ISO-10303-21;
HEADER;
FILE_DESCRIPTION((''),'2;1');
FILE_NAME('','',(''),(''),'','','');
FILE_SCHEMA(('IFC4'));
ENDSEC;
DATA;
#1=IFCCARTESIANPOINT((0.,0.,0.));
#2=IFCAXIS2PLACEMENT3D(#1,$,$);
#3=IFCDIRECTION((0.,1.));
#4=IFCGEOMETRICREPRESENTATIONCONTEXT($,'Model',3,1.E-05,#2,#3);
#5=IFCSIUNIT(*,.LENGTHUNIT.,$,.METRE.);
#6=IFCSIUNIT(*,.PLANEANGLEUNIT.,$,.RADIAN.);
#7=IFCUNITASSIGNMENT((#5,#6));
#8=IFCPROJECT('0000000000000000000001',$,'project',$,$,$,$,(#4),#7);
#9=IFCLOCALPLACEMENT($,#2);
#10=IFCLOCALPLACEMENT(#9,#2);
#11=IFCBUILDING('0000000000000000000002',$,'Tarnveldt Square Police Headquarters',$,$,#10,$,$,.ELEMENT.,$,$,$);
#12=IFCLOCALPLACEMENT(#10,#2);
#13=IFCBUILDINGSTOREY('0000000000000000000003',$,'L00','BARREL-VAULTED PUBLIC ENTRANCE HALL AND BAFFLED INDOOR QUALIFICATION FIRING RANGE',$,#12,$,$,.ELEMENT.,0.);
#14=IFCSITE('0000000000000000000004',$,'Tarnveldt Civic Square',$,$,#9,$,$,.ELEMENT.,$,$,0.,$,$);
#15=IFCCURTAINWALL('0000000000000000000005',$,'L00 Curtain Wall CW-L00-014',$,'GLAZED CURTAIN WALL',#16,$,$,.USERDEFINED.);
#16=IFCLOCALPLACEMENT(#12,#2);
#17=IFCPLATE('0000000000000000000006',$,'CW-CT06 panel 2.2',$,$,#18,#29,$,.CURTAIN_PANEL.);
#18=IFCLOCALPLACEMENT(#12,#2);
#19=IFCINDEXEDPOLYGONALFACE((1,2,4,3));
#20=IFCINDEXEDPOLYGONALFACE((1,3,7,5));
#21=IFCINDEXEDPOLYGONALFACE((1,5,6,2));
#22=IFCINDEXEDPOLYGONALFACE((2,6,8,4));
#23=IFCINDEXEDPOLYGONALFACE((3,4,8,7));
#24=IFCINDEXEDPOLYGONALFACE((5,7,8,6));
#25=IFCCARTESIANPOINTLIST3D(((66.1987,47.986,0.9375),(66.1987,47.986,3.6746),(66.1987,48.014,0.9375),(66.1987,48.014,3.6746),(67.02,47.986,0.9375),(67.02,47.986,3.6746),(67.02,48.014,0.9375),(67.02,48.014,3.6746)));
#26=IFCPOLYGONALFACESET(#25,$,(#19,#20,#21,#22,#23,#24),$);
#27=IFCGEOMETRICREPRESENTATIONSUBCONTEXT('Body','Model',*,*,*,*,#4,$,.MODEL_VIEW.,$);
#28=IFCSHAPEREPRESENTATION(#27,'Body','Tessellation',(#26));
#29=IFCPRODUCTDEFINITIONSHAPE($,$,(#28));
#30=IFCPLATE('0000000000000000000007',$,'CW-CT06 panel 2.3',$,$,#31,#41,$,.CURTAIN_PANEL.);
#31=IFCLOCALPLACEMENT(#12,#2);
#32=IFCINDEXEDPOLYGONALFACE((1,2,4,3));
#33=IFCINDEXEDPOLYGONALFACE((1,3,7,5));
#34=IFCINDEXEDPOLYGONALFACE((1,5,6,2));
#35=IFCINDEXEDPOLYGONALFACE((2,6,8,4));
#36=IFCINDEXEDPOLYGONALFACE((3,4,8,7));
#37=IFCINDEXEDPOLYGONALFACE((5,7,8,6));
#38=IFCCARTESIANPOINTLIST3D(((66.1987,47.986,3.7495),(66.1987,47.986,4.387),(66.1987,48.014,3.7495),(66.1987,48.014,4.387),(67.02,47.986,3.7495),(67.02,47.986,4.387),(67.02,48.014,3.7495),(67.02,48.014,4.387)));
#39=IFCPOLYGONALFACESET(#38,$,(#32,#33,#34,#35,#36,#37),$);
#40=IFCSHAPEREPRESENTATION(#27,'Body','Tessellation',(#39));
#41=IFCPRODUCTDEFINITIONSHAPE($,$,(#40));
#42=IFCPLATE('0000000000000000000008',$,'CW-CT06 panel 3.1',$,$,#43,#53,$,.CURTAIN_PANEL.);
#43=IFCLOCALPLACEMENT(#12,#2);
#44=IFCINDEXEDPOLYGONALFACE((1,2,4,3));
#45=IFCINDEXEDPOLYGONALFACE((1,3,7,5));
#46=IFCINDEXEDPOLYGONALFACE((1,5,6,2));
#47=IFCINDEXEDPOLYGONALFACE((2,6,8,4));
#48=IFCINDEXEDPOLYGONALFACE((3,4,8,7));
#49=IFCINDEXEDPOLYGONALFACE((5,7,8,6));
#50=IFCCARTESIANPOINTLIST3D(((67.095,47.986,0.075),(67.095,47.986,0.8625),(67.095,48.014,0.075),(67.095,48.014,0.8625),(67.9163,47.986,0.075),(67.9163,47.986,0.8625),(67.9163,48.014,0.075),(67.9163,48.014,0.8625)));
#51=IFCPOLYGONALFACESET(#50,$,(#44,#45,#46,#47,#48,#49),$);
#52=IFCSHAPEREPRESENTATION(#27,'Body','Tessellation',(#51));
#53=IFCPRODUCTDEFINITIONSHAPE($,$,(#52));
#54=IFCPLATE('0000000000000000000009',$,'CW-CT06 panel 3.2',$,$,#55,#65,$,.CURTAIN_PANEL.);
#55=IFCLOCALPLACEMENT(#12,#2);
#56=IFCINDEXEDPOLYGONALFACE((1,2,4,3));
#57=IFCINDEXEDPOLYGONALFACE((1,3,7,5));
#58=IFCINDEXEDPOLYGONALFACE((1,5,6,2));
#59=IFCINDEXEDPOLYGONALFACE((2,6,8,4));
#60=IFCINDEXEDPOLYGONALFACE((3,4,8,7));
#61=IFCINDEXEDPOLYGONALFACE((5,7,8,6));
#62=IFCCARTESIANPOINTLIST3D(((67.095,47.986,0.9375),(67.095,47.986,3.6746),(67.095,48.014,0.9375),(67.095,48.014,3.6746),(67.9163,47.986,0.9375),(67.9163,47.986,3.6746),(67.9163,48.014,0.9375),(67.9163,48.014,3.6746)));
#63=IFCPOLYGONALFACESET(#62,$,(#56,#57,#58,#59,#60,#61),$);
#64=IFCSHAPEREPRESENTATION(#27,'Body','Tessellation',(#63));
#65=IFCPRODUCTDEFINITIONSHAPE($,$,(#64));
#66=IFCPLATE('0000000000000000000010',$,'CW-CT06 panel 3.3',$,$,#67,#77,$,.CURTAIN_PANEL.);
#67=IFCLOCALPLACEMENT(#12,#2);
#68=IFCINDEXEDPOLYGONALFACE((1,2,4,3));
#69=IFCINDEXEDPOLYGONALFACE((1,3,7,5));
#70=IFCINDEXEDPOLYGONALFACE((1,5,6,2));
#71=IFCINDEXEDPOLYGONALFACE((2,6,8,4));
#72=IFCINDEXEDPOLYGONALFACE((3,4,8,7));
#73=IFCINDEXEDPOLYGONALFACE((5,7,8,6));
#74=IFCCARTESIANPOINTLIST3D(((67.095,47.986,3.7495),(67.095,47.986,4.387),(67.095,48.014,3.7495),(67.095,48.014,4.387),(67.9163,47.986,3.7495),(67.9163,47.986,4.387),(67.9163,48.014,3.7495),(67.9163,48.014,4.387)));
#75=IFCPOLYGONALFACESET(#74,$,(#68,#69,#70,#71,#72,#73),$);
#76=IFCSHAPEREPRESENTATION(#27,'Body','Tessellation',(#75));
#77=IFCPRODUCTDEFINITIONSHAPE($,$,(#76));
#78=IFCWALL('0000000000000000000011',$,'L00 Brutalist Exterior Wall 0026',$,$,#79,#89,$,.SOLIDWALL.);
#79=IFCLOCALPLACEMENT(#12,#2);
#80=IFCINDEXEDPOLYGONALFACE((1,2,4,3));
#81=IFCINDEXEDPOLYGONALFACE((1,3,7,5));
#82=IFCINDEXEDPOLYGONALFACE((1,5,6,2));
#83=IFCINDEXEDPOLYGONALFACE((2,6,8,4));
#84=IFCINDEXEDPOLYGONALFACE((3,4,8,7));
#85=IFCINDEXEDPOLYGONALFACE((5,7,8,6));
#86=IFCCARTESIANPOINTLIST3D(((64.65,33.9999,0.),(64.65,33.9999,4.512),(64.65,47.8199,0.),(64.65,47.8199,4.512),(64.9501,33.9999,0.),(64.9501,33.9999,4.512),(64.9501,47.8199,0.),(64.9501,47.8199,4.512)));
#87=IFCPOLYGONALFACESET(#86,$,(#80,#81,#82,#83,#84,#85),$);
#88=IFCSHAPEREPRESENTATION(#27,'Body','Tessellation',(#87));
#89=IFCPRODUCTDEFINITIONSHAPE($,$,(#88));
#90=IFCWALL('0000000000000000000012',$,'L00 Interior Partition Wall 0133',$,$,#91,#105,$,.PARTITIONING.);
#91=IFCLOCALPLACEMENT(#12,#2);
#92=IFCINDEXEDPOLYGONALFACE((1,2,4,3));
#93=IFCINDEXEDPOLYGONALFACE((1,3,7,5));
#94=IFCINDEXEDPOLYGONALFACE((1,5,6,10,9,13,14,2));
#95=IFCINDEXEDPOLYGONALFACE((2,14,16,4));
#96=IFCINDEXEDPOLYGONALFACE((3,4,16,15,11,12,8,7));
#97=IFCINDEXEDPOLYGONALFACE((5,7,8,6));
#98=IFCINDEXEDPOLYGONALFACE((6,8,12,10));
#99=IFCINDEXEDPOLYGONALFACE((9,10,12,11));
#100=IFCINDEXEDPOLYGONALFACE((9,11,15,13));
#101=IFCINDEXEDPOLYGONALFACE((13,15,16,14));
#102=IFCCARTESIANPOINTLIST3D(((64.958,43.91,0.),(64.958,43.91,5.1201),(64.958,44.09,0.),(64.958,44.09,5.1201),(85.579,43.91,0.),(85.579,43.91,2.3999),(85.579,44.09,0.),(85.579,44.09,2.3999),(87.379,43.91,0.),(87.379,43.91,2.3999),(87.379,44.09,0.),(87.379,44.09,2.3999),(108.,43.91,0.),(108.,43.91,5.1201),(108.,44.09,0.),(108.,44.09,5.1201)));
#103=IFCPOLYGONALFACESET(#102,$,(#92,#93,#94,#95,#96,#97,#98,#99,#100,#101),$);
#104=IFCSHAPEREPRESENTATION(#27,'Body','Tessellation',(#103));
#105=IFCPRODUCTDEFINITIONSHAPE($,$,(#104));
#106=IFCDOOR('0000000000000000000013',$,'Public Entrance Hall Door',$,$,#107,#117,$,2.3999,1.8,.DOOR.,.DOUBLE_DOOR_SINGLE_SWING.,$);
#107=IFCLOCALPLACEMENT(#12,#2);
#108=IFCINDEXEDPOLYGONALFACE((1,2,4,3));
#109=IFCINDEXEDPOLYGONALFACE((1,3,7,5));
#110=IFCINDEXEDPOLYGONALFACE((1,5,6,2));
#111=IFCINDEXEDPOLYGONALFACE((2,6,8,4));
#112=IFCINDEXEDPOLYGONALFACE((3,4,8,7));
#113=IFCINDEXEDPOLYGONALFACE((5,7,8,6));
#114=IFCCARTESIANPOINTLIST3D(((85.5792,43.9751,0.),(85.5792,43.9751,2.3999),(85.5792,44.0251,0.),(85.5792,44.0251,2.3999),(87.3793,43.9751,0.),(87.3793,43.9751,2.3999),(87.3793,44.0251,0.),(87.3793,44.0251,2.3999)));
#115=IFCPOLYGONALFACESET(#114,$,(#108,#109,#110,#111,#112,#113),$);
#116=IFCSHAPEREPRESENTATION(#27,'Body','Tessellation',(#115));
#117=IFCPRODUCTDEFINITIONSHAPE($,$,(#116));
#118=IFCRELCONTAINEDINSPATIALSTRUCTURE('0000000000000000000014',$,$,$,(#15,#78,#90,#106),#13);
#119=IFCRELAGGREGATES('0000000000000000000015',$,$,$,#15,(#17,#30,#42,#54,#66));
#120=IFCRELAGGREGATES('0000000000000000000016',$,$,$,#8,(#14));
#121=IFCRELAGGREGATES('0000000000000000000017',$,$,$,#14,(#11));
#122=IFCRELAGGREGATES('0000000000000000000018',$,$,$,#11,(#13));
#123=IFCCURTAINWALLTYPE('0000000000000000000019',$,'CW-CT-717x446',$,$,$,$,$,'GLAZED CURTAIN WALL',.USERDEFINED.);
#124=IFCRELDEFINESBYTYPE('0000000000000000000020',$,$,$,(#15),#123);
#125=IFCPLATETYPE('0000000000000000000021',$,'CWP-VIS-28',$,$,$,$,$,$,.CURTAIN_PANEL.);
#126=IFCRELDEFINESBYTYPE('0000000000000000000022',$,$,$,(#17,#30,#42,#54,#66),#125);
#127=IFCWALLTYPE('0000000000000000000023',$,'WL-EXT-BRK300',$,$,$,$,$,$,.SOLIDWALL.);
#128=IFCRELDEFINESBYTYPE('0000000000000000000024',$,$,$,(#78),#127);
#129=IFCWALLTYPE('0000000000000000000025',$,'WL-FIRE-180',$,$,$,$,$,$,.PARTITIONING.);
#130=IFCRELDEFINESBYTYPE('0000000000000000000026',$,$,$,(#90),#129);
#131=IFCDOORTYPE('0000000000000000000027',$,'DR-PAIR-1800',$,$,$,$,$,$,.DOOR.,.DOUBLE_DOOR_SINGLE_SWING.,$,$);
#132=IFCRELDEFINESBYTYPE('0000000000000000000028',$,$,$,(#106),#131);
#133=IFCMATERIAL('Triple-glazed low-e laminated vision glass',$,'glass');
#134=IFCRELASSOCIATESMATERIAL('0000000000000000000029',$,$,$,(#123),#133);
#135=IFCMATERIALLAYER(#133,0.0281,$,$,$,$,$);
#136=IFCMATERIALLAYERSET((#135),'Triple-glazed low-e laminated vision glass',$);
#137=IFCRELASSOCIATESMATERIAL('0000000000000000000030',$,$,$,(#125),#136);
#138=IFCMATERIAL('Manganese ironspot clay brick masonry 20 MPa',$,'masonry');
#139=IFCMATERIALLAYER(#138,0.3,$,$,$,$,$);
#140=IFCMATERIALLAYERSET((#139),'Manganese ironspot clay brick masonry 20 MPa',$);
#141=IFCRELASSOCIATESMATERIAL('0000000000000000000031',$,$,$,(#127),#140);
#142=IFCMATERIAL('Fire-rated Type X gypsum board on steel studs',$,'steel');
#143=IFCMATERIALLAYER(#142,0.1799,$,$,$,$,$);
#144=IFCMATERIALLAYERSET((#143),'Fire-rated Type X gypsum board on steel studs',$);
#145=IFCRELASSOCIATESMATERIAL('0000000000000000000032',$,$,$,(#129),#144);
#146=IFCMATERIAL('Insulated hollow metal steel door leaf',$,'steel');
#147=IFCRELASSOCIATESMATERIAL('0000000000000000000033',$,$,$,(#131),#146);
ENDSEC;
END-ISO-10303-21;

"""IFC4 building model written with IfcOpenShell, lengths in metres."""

from ifc_helpers import new_model, si_unit, direction, frame, frame_2d, origin, origin_2d, place, context, subcontext, project, spatial, rectangle, extrude, material, layer, layer_set, type_object, element, fill, aggregate, save


model = new_model("IFC4")

# Units and contexts
model_context = context("Model", 3, precision=1e-05, world=origin(), true_north=direction((0.0, 1.0)))
body_context = subcontext(model_context, "Body", "Model", "MODEL_VIEW")
ifc_project = project(units=[si_unit("LENGTHUNIT", "METRE"), si_unit("PLANEANGLEUNIT", "RADIAN")], contexts=[model_context])

# Site, building, storey
site_placement = place(None, origin())
site = spatial("IfcSite", under=ifc_project, at=site_placement, Name="Tarnveldt Civic Square", CompositionType="ELEMENT", RefElevation=0.0)
building_placement = place(site_placement, origin())
building = spatial("IfcBuilding", under=site, at=building_placement, Name="Tarnveldt Square Police Headquarters", CompositionType="ELEMENT")
storey_placement = place(building_placement, origin())
storey = spatial("IfcBuildingStorey", under=building, at=storey_placement, Name="L00", Description="BARREL-VAULTED PUBLIC ENTRANCE HALL AND BAFFLED INDOOR QUALIFICATION FIRING RANGE", CompositionType="ELEMENT", Elevation=0.0)

# Curtain wall, plates
ifc_material_1 = material(Name="Triple-glazed low-e laminated vision glass", Category="glass")
curtain_wall_type = type_object("IfcCurtainWallType", Name="CW-CT-717x446", ElementType="GLAZED CURTAIN WALL", PredefinedType="USERDEFINED", material=ifc_material_1)
curtain_wall_placement = place(storey_placement, origin())
curtain_wall = element("IfcCurtainWall", 1, at=curtain_wall_placement, inside=storey, type_object=curtain_wall_type, Name="L00 Curtain Wall CW-L00-014", ObjectType="GLAZED CURTAIN WALL", PredefinedType="USERDEFINED")
ifc_layer_1 = layer(ifc_material_1, 0.0281)
ifc_layer_set_1 = layer_set([ifc_layer_1], Name="Triple-glazed low-e laminated vision glass")
plate_type = type_object("IfcPlateType", Name="CWP-VIS-28", PredefinedType="CURTAIN_PANEL", material=ifc_layer_set_1)
plate_1_placement = place(storey_placement, frame((66.6094, 48.0, 0.9375), z_axis=(0.0, 0.0, 1.0), x_axis=(1.0, 0.0, 0.0)))
plate_1 = element("IfcPlate", 2, at=plate_1_placement, type_object=plate_type, Name="CW-CT06 panel 2.2", PredefinedType="CURTAIN_PANEL", context=body_context, shape_type="SweptSolid", body=[
    extrude(rectangle(XDim=0.8213, YDim=0.0281, at=origin_2d()), origin(), (0.0, 0.0, 1.0), 2.7371),
])
plate_2_placement = place(storey_placement, frame((66.6094, 48.0, 3.7495), z_axis=(0.0, 0.0, 1.0), x_axis=(1.0, 0.0, 0.0)))
plate_2 = element("IfcPlate", 3, at=plate_2_placement, type_object=plate_type, Name="CW-CT06 panel 2.3", PredefinedType="CURTAIN_PANEL", context=body_context, shape_type="SweptSolid", body=[
    extrude(rectangle(XDim=0.8213, YDim=0.0281, at=origin_2d()), origin(), (0.0, 0.0, 1.0), 0.6375),
])
plate_3_placement = place(storey_placement, frame((67.5056, 48.0, 0.075), z_axis=(0.0, 0.0, 1.0), x_axis=(1.0, 0.0, 0.0)))
plate_3 = element("IfcPlate", 4, at=plate_3_placement, type_object=plate_type, Name="CW-CT06 panel 3.1", PredefinedType="CURTAIN_PANEL", context=body_context, shape_type="SweptSolid", body=[
    extrude(rectangle(XDim=0.8213, YDim=0.0281, at=origin_2d()), origin(), (0.0, 0.0, 1.0), 0.7876),
])
plate_4_placement = place(storey_placement, frame((67.5056, 48.0, 0.9375), z_axis=(0.0, 0.0, 1.0), x_axis=(1.0, 0.0, 0.0)))
plate_4 = element("IfcPlate", 5, at=plate_4_placement, type_object=plate_type, Name="CW-CT06 panel 3.2", PredefinedType="CURTAIN_PANEL", context=body_context, shape_type="SweptSolid", body=[
    extrude(rectangle(XDim=0.8213, YDim=0.0281, at=origin_2d()), origin(), (0.0, 0.0, 1.0), 2.7371),
])
plate_5_placement = place(storey_placement, frame((67.5056, 48.0, 3.7495), z_axis=(0.0, 0.0, 1.0), x_axis=(1.0, 0.0, 0.0)))
plate_5 = element("IfcPlate", 6, at=plate_5_placement, type_object=plate_type, Name="CW-CT06 panel 3.3", PredefinedType="CURTAIN_PANEL", context=body_context, shape_type="SweptSolid", body=[
    extrude(rectangle(XDim=0.8213, YDim=0.0281, at=origin_2d()), origin(), (0.0, 0.0, 1.0), 0.6375),
])
aggregate(curtain_wall, [plate_1, plate_2, plate_3, plate_4, plate_5])

# Wall
ifc_material_2 = material(Name="Manganese ironspot clay brick masonry 20 MPa", Category="masonry")
ifc_layer_2 = layer(ifc_material_2, 0.3)
ifc_layer_set_2 = layer_set([ifc_layer_2], Name="Manganese ironspot clay brick masonry 20 MPa")
wall_type_1 = type_object("IfcWallType", Name="WL-EXT-BRK300", PredefinedType="SOLIDWALL", material=ifc_layer_set_2)
wall_1_placement = place(storey_placement, frame((64.8, 47.8201, 0.0), z_axis=(0.0, 0.0, 1.0), x_axis=(0.0, -1.0, 0.0)))
element("IfcWall", 7, at=wall_1_placement, inside=storey, type_object=wall_type_1, Name="L00 Brutalist Exterior Wall 0026", PredefinedType="SOLIDWALL", context=body_context, shape_type="SweptSolid", body=[
    extrude(rectangle(XDim=13.8201, YDim=0.3, at=frame_2d((6.9102, 0.0))), origin(), (0.0, 0.0, 1.0), 4.512),
])

# Wall, opening, door
ifc_material_3 = material(Name="Fire-rated Type X gypsum board on steel studs", Category="steel")
ifc_layer_3 = layer(ifc_material_3, 0.1799)
ifc_layer_set_3 = layer_set([ifc_layer_3], Name="Fire-rated Type X gypsum board on steel studs")
wall_type_2 = type_object("IfcWallType", Name="WL-FIRE-180", PredefinedType="PARTITIONING", material=ifc_layer_set_3)
wall_2_placement = place(storey_placement, frame((64.958, 44.0, 0.0), z_axis=(0.0, 0.0, 1.0), x_axis=(1.0, 0.0, 0.0)))
wall_2 = element("IfcWall", 8, at=wall_2_placement, inside=storey, type_object=wall_type_2, Name="L00 Interior Partition Wall 0133", PredefinedType="PARTITIONING", context=body_context, shape_type="SweptSolid", body=[
    extrude(rectangle(XDim=43.042, YDim=0.1799, at=frame_2d((21.521, 0.0))), origin(), (0.0, 0.0, 1.0), 5.1201),
])
opening_placement = place(wall_2_placement, frame((20.6211, 0.0, 0.0)))
opening = element("IfcOpeningElement", 9, at=opening_placement, cuts=wall_2, PredefinedType="OPENING", context=body_context, shape_type="SweptSolid", body=[
    extrude(rectangle(XDim=1.8, YDim=2.3999, at=frame_2d((0.8999, 1.2))), frame((0.0, 0.0999, 0.0), z_axis=(0.0, -1.0, 0.0), x_axis=(1.0, 0.0, 0.0)), (0.0, 0.0, 1.0), 0.2),
])
ifc_material_4 = material(Name="Insulated hollow metal steel door leaf", Category="steel")
door_type = type_object("IfcDoorType", Name="DR-PAIR-1800", OperationType="DOUBLE_DOOR_SINGLE_SWING", PredefinedType="DOOR", material=ifc_material_4)
door_placement = place(opening_placement, frame((1.8, 0.0, 0.0), z_axis=(0.0, 0.0, 1.0), x_axis=(-1.0, 0.0, 0.0)))
door = element("IfcDoor", 10, at=door_placement, inside=storey, type_object=door_type, Name="Public Entrance Hall Door", OperationType="DOUBLE_DOOR_SINGLE_SWING", OverallHeight=2.3999, OverallWidth=1.8, PredefinedType="DOOR", context=body_context, shape_type="SweptSolid", body=[
    extrude(rectangle(XDim=1.8, YDim=2.3999, at=frame_2d((0.8999, 1.2))), frame((0.0, 0.0249, 0.0), z_axis=(0.0, -1.0, 0.0), x_axis=(1.0, 0.0, 0.0)), (0.0, 0.0, 1.0), 0.05),
])
fill(opening, door)

save(model, "model.ifc")
